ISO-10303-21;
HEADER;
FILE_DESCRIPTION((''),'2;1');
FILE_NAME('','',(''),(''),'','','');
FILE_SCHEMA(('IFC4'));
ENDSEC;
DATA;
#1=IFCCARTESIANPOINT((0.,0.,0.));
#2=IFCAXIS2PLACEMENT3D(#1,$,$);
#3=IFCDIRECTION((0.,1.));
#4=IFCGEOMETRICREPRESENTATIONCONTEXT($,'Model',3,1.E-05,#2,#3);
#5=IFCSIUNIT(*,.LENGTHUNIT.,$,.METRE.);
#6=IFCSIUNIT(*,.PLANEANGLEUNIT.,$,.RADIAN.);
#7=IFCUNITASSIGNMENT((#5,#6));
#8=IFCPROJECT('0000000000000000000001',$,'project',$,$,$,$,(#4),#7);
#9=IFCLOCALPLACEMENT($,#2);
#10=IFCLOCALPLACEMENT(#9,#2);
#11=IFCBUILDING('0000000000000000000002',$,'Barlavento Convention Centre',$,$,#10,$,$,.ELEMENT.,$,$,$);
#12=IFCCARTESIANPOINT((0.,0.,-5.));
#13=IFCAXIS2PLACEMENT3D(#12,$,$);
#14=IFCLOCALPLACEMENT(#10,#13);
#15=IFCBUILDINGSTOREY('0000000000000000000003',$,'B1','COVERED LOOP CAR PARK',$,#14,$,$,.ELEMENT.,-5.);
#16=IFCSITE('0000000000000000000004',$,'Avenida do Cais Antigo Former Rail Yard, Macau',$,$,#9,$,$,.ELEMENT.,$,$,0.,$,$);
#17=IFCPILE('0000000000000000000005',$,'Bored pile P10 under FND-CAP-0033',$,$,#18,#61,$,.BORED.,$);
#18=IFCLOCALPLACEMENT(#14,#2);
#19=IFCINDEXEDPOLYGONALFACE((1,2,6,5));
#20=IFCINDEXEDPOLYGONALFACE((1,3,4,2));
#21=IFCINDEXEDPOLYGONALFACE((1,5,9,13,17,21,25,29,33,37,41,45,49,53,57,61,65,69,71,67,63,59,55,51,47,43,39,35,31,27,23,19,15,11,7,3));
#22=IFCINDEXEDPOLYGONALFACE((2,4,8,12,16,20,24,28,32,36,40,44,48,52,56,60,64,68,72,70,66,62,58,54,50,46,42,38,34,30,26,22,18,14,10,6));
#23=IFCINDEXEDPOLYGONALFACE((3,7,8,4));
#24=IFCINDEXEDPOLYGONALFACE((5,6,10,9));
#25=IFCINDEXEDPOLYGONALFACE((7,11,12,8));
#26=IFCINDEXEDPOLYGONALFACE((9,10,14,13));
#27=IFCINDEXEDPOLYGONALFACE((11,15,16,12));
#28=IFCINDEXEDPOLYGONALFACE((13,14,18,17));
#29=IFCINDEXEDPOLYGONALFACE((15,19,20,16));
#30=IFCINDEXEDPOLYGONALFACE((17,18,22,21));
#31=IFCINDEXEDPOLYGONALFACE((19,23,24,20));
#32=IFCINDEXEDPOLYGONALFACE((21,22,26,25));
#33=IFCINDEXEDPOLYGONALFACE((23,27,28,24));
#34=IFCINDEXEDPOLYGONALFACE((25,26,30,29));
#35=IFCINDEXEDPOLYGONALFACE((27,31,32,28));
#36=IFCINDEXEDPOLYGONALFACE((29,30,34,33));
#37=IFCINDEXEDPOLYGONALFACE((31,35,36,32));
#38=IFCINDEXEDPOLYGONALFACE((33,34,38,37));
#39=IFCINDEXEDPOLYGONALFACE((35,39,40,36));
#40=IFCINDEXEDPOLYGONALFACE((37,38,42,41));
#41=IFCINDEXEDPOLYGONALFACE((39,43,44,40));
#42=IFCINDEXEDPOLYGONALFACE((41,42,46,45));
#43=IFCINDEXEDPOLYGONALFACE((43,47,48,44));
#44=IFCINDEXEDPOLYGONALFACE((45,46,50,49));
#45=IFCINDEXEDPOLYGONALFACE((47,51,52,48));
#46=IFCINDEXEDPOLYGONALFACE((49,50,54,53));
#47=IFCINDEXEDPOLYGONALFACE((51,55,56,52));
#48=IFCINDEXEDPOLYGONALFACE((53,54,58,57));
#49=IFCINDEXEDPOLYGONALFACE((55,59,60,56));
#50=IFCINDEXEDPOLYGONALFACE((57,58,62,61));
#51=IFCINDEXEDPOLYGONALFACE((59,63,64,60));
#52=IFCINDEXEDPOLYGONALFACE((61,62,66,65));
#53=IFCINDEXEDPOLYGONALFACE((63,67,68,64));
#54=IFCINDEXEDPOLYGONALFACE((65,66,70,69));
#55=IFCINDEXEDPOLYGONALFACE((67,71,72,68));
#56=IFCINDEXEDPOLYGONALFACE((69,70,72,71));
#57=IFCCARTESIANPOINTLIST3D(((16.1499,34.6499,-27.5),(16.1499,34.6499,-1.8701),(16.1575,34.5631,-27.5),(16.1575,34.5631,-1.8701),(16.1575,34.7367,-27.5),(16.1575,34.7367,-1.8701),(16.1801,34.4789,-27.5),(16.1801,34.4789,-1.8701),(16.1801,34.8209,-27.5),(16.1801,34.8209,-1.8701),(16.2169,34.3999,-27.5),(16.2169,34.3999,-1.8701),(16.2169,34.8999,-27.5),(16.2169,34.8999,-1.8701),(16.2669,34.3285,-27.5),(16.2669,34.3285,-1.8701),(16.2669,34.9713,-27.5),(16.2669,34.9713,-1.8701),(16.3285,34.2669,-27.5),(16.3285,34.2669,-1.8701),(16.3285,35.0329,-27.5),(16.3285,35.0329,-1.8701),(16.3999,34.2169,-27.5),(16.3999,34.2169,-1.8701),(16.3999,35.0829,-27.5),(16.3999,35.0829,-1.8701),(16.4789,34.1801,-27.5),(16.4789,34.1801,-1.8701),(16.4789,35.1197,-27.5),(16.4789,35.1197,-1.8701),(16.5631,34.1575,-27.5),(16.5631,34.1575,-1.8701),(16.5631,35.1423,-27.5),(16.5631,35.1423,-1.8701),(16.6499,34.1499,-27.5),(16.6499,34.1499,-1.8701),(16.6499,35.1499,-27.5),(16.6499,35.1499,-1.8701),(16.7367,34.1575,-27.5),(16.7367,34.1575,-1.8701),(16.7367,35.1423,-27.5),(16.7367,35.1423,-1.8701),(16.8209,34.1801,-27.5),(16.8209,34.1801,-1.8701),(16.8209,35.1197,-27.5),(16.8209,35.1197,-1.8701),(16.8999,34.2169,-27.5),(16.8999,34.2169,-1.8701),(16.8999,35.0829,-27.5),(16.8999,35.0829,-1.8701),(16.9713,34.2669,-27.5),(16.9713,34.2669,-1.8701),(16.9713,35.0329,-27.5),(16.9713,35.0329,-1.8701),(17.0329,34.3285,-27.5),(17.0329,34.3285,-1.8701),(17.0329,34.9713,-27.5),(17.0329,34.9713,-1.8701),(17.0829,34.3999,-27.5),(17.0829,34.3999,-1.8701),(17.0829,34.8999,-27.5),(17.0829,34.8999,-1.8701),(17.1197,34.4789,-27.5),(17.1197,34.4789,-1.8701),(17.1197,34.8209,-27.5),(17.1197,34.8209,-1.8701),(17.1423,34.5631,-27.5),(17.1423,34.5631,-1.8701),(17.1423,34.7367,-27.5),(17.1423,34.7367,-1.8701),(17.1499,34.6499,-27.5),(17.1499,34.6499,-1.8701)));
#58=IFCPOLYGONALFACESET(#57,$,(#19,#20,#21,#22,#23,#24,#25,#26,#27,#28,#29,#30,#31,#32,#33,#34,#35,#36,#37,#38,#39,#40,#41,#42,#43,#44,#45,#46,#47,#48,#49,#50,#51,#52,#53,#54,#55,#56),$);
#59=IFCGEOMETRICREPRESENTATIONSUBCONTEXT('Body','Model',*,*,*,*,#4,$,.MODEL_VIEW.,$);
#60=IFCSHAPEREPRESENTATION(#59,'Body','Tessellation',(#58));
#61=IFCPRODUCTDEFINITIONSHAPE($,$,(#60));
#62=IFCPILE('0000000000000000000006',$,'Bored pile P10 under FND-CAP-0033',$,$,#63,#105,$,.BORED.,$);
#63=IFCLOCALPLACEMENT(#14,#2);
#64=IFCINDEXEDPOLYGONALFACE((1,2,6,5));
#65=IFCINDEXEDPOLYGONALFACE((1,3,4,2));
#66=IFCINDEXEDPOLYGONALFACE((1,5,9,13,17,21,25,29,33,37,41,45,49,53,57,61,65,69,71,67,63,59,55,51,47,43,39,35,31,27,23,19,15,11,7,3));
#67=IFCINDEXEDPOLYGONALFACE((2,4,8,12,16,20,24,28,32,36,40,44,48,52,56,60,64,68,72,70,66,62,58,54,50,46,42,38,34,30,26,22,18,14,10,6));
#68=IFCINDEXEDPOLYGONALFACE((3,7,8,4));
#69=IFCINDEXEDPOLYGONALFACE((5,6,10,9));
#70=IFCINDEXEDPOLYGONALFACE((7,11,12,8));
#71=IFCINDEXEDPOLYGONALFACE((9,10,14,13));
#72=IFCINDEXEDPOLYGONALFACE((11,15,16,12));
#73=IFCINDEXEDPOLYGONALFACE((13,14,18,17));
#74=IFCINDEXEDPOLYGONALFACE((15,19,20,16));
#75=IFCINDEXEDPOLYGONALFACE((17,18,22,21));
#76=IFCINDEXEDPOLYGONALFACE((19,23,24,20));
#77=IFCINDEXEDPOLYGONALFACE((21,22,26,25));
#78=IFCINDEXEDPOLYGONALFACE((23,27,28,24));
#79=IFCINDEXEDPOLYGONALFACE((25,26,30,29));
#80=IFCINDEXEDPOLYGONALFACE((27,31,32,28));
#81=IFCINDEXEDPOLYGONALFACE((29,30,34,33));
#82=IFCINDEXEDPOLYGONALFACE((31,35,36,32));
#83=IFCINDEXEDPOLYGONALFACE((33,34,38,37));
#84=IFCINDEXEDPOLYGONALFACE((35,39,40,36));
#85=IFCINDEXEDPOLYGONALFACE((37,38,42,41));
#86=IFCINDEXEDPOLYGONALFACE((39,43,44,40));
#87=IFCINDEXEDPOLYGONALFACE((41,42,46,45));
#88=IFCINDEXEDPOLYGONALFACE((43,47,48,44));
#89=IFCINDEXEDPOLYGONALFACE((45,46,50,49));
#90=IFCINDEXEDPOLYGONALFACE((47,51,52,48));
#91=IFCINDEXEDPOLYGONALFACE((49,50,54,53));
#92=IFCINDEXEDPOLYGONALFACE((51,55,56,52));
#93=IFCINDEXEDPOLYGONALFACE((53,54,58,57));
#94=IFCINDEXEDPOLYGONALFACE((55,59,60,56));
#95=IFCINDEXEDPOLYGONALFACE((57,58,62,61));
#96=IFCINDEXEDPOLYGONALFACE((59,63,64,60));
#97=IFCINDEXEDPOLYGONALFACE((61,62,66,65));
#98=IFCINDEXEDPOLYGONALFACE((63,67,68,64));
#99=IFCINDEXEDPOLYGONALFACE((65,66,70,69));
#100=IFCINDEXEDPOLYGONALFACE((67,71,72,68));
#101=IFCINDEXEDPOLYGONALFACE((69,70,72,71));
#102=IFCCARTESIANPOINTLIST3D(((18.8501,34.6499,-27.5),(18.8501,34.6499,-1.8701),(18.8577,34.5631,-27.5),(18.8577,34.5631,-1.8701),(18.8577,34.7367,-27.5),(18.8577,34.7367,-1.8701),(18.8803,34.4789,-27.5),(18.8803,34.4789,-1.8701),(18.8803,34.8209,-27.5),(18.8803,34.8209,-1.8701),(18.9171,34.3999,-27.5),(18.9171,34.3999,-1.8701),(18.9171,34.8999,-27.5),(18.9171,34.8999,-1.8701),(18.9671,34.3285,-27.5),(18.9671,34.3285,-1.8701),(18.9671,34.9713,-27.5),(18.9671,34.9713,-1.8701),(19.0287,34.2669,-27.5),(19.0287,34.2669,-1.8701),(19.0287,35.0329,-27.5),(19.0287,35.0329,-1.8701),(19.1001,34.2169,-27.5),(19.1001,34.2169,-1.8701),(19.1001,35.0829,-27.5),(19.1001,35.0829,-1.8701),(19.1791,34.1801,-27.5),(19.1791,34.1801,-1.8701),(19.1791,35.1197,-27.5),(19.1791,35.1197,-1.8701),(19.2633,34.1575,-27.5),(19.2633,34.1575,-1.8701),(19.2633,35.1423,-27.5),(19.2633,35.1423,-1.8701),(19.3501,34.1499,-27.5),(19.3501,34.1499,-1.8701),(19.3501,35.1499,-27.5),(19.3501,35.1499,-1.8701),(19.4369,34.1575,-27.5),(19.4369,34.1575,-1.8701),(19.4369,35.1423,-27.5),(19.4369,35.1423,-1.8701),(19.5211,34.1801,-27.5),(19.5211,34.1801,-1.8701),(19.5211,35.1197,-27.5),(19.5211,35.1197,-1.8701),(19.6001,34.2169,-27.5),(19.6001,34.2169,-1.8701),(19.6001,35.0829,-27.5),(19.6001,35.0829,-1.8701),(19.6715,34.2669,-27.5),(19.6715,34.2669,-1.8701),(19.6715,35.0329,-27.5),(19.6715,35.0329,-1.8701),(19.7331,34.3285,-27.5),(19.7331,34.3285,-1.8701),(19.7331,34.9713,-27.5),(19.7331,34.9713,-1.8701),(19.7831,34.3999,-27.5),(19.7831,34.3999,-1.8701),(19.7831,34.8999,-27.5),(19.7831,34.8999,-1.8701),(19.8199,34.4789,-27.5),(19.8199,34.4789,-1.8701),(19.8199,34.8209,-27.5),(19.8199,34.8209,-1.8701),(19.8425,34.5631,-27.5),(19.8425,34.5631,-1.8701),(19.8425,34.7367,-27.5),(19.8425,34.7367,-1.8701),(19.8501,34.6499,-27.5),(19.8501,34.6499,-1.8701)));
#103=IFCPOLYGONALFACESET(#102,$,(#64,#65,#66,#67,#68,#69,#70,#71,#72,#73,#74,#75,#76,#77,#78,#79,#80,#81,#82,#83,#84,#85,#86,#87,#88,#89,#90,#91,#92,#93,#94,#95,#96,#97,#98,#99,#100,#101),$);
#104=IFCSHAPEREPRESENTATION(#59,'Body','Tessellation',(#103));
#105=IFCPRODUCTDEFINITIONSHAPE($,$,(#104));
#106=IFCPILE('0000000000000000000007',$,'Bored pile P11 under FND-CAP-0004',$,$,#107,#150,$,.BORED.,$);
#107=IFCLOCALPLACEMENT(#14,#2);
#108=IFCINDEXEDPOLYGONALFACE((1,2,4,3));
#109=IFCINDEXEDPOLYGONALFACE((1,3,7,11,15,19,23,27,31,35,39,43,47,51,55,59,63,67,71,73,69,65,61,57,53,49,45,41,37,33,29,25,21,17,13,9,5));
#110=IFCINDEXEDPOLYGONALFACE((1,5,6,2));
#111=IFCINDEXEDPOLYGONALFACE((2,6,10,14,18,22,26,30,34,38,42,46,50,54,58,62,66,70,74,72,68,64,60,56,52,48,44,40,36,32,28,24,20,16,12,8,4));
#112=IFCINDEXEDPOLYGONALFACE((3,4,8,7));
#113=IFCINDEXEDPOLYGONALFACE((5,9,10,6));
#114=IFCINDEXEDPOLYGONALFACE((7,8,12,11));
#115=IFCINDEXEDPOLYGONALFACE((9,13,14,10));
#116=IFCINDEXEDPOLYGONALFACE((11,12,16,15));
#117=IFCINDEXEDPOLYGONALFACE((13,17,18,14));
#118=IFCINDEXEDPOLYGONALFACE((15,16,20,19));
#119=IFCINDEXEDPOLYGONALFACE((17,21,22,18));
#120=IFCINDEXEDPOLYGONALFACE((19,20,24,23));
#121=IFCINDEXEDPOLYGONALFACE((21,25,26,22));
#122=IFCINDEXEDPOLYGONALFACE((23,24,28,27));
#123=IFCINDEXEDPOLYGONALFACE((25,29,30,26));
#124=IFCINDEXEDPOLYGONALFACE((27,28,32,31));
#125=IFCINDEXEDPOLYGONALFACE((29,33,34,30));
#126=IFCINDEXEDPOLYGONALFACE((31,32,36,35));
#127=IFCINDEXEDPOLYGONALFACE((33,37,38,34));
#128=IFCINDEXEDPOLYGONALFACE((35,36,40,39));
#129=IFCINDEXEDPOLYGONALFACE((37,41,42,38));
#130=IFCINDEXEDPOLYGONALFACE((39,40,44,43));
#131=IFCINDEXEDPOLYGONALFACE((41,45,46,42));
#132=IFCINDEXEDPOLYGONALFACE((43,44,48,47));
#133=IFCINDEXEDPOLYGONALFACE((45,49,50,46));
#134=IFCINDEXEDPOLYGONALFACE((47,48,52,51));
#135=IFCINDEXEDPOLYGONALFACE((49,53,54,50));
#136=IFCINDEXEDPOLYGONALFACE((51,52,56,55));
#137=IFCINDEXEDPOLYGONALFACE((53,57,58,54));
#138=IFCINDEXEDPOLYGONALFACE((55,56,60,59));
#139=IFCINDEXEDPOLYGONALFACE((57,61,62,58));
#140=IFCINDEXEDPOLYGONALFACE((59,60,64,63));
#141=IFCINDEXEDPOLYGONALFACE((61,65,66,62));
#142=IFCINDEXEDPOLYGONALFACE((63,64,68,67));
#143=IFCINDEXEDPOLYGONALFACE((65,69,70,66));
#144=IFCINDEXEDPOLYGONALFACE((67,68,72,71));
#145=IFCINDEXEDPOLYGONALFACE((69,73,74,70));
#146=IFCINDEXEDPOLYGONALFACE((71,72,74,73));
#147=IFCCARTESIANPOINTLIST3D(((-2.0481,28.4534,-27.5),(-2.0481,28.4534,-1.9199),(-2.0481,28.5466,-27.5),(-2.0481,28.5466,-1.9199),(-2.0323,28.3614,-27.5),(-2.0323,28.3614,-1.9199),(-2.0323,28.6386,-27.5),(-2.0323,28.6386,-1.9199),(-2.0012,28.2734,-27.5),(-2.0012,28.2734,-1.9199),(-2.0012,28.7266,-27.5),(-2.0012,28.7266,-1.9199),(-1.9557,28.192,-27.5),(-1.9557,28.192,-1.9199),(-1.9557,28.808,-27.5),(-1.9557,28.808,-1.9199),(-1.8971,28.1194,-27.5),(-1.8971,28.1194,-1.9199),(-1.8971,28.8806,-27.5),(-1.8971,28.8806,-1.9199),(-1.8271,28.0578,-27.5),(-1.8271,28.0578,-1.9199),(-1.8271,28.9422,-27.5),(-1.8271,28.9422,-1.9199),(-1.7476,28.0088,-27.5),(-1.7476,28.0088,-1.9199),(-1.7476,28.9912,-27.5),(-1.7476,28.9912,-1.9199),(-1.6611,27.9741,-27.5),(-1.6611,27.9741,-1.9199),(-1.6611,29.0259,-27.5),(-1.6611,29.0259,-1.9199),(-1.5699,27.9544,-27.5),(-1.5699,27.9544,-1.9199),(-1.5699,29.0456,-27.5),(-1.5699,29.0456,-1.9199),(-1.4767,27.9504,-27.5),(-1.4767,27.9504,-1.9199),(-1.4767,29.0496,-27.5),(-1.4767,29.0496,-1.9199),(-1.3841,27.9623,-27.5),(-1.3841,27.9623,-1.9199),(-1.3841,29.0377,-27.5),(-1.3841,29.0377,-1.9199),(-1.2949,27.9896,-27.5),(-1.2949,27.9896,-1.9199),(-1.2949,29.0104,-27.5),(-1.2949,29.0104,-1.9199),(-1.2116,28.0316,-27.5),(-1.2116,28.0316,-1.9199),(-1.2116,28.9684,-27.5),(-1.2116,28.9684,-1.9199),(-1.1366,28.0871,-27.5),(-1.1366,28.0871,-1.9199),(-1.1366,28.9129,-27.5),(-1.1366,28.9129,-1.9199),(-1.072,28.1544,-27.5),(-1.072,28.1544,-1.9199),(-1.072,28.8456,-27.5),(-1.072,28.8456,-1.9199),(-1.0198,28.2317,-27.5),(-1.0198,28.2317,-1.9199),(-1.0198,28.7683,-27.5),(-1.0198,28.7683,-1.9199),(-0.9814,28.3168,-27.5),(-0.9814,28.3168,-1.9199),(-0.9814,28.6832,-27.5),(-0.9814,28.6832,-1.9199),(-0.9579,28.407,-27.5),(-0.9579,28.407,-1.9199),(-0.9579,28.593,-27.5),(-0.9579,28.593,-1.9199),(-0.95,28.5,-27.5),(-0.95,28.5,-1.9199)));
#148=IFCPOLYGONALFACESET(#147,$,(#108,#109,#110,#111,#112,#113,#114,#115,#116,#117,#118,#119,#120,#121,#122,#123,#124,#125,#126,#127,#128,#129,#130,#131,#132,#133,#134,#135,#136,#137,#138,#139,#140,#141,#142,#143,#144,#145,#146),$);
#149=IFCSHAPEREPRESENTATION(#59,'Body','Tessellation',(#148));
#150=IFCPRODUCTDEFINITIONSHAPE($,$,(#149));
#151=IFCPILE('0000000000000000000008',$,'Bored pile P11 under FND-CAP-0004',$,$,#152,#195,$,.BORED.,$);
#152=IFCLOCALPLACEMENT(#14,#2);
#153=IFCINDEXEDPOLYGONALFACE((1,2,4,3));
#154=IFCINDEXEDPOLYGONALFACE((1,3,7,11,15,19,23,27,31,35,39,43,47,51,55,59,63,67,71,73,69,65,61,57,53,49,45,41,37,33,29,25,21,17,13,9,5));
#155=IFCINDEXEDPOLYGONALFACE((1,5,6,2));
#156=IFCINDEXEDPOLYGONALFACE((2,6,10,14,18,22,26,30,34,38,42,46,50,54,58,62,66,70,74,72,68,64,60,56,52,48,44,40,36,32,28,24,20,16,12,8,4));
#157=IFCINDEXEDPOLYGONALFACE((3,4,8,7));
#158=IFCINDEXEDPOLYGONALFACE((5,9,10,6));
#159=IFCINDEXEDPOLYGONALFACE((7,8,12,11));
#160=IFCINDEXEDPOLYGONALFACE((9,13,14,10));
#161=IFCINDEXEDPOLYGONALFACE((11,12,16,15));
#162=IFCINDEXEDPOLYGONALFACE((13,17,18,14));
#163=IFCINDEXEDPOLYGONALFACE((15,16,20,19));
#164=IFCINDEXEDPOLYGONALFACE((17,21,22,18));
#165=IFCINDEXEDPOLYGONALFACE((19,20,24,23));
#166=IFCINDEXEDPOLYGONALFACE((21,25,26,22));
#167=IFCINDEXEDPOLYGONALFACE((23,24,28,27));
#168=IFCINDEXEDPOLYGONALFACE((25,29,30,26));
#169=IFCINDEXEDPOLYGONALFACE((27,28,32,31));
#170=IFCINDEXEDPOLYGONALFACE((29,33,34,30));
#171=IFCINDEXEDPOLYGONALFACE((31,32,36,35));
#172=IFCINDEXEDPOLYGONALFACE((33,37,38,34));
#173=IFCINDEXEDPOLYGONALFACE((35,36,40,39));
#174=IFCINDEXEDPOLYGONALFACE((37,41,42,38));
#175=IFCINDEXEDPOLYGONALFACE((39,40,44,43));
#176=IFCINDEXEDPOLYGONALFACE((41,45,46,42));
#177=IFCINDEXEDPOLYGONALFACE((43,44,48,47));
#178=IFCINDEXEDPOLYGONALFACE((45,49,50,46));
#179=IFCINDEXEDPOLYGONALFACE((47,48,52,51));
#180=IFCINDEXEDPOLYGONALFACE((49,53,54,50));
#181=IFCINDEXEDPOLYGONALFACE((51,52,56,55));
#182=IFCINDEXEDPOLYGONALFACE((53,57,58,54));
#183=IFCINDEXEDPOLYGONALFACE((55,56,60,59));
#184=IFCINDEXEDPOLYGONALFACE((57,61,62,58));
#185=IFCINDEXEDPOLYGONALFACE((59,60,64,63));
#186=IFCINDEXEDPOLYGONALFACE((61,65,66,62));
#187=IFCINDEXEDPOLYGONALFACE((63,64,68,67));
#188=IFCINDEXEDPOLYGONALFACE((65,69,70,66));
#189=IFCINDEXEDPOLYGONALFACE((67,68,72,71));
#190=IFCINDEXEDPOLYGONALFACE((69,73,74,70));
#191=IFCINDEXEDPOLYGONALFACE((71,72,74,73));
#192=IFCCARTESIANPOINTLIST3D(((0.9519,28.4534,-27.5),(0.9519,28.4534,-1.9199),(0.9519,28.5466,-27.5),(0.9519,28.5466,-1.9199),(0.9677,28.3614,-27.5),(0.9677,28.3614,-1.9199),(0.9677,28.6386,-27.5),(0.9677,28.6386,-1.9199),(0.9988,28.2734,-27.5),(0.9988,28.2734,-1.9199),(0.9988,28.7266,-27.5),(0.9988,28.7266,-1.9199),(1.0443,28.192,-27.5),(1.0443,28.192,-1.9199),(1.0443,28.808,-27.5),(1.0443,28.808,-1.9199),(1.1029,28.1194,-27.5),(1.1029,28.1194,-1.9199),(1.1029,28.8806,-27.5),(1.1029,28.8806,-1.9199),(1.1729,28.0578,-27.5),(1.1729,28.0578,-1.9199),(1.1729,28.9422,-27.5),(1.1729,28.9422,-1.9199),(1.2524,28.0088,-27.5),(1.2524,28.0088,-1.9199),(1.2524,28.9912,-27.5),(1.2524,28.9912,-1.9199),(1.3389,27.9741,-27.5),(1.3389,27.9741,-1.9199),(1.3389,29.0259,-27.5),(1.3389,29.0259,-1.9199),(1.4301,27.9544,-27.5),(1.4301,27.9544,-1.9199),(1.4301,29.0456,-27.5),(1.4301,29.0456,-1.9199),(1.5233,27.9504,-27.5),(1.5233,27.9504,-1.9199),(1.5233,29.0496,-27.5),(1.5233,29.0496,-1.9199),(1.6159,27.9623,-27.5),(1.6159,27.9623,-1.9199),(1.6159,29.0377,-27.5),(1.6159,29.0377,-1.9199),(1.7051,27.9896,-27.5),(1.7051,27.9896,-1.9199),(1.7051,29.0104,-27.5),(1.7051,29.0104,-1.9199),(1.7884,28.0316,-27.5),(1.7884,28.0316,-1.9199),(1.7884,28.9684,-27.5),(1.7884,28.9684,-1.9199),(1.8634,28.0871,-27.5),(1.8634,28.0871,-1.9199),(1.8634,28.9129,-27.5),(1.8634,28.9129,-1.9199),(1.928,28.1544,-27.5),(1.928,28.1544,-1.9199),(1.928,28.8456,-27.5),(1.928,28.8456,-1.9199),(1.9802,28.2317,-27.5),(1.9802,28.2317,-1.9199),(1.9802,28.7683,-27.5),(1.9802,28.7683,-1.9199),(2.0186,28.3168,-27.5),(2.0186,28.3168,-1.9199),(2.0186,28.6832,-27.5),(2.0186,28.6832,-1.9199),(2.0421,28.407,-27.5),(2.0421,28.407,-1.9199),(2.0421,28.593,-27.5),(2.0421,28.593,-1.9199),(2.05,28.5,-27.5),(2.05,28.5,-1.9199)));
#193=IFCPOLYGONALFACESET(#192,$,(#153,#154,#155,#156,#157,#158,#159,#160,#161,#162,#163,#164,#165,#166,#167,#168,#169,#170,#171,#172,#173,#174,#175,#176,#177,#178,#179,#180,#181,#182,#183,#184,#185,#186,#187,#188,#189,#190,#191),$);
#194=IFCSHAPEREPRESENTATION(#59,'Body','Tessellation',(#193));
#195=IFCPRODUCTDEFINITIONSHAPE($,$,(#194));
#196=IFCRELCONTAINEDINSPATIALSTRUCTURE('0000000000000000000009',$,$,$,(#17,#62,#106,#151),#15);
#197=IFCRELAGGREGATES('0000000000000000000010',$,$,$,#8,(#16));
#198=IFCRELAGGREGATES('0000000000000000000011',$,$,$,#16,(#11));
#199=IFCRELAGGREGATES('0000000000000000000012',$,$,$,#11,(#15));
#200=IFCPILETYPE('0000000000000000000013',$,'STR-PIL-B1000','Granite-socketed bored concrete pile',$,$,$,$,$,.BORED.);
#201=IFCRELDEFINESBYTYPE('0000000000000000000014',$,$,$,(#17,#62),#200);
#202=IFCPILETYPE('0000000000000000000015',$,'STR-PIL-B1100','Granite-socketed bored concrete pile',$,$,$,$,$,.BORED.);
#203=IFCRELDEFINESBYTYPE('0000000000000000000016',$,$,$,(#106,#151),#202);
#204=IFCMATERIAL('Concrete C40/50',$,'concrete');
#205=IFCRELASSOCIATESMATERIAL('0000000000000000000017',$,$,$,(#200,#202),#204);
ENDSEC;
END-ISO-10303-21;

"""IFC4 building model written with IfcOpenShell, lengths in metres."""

from ifc_helpers import new_model, si_unit, direction, frame, origin, origin_2d, place, context, subcontext, project, spatial, circle, extrude, material, material_profile, profile_set, type_object, element, save


model = new_model("IFC4")

# Units and contexts
model_context = context("Model", 3, precision=1e-05, world=origin(), true_north=direction((0.0, 1.0)))
body_context = subcontext(model_context, "Body", "Model", "MODEL_VIEW")
ifc_project = project(units=[si_unit("LENGTHUNIT", "METRE"), si_unit("PLANEANGLEUNIT", "RADIAN")], contexts=[model_context])

# Site, building, storey
site_placement = place(None, origin())
site = spatial("IfcSite", under=ifc_project, at=site_placement, Name="Avenida do Cais Antigo Former Rail Yard, Macau", CompositionType="ELEMENT", RefElevation=0.0)
building_placement = place(site_placement, origin())
building = spatial("IfcBuilding", under=site, at=building_placement, Name="Barlavento Convention Centre", CompositionType="ELEMENT")
storey_placement = place(building_placement, frame((0.0, 0.0, -5.0)))
storey = spatial("IfcBuildingStorey", under=building, at=storey_placement, Name="B1", Description="COVERED LOOP CAR PARK", CompositionType="ELEMENT", Elevation=-5.0)

# Shared definitions
ifc_material_1 = material(Name="Concrete C40/50", Category="concrete")

# Piles
ifc_material_profile_1 = material_profile(ifc_material_1, circle(Radius=0.5, at=origin_2d()), Name="BORED PILE 1000")
ifc_profile_set_1 = profile_set([ifc_material_profile_1], Name="Concrete C40/50")
pile_type_1 = type_object("IfcPileType", Name="STR-PIL-B1000", Description="Granite-socketed bored concrete pile", PredefinedType="BORED", material=ifc_profile_set_1)
for number, where, z_axis, x_axis, name in (
    (1, (16.6499, 34.6499, -1.8701), (0.0, 0.0, -1.0), (1.0, 0.0, 0.0), "Bored pile P10 under FND-CAP-0033"),
    (2, (19.3501, 34.6499, -1.8701), (0.0, 0.0, -1.0), (1.0, 0.0, 0.0), "Bored pile P10 under FND-CAP-0033"),
):
    element("IfcPile", number, at=place(storey_placement, frame(where, z_axis=z_axis, x_axis=x_axis)), inside=storey, type_object=pile_type_1, Name=name, PredefinedType="BORED", context=body_context, shape_type="SweptSolid", body=[
        extrude(circle(Radius=0.5, at=origin_2d()), origin(), (0.0, 0.0, 1.0), 25.6299),
    ])
ifc_material_profile_2 = material_profile(ifc_material_1, circle(Radius=0.55, at=origin_2d()), Name="BORED PILE 1100")
ifc_profile_set_2 = profile_set([ifc_material_profile_2], Name="Concrete C40/50")
pile_type_2 = type_object("IfcPileType", Name="STR-PIL-B1100", Description="Granite-socketed bored concrete pile", PredefinedType="BORED", material=ifc_profile_set_2)
for number, where, z_axis, x_axis, name in (
    (3, (-1.5, 28.5, -1.9199), (0.0, 0.0, -1.0), (1.0, 0.0, 0.0), "Bored pile P11 under FND-CAP-0004"),
    (4, (1.5, 28.5, -1.9199), (0.0, 0.0, -1.0), (1.0, 0.0, 0.0), "Bored pile P11 under FND-CAP-0004"),
):
    element("IfcPile", number, at=place(storey_placement, frame(where, z_axis=z_axis, x_axis=x_axis)), inside=storey, type_object=pile_type_2, Name=name, PredefinedType="BORED", context=body_context, shape_type="SweptSolid", body=[
        extrude(circle(Radius=0.55, at=origin_2d()), origin(), (0.0, 0.0, 1.0), 25.5801),
    ])

save(model, "model.ifc")
